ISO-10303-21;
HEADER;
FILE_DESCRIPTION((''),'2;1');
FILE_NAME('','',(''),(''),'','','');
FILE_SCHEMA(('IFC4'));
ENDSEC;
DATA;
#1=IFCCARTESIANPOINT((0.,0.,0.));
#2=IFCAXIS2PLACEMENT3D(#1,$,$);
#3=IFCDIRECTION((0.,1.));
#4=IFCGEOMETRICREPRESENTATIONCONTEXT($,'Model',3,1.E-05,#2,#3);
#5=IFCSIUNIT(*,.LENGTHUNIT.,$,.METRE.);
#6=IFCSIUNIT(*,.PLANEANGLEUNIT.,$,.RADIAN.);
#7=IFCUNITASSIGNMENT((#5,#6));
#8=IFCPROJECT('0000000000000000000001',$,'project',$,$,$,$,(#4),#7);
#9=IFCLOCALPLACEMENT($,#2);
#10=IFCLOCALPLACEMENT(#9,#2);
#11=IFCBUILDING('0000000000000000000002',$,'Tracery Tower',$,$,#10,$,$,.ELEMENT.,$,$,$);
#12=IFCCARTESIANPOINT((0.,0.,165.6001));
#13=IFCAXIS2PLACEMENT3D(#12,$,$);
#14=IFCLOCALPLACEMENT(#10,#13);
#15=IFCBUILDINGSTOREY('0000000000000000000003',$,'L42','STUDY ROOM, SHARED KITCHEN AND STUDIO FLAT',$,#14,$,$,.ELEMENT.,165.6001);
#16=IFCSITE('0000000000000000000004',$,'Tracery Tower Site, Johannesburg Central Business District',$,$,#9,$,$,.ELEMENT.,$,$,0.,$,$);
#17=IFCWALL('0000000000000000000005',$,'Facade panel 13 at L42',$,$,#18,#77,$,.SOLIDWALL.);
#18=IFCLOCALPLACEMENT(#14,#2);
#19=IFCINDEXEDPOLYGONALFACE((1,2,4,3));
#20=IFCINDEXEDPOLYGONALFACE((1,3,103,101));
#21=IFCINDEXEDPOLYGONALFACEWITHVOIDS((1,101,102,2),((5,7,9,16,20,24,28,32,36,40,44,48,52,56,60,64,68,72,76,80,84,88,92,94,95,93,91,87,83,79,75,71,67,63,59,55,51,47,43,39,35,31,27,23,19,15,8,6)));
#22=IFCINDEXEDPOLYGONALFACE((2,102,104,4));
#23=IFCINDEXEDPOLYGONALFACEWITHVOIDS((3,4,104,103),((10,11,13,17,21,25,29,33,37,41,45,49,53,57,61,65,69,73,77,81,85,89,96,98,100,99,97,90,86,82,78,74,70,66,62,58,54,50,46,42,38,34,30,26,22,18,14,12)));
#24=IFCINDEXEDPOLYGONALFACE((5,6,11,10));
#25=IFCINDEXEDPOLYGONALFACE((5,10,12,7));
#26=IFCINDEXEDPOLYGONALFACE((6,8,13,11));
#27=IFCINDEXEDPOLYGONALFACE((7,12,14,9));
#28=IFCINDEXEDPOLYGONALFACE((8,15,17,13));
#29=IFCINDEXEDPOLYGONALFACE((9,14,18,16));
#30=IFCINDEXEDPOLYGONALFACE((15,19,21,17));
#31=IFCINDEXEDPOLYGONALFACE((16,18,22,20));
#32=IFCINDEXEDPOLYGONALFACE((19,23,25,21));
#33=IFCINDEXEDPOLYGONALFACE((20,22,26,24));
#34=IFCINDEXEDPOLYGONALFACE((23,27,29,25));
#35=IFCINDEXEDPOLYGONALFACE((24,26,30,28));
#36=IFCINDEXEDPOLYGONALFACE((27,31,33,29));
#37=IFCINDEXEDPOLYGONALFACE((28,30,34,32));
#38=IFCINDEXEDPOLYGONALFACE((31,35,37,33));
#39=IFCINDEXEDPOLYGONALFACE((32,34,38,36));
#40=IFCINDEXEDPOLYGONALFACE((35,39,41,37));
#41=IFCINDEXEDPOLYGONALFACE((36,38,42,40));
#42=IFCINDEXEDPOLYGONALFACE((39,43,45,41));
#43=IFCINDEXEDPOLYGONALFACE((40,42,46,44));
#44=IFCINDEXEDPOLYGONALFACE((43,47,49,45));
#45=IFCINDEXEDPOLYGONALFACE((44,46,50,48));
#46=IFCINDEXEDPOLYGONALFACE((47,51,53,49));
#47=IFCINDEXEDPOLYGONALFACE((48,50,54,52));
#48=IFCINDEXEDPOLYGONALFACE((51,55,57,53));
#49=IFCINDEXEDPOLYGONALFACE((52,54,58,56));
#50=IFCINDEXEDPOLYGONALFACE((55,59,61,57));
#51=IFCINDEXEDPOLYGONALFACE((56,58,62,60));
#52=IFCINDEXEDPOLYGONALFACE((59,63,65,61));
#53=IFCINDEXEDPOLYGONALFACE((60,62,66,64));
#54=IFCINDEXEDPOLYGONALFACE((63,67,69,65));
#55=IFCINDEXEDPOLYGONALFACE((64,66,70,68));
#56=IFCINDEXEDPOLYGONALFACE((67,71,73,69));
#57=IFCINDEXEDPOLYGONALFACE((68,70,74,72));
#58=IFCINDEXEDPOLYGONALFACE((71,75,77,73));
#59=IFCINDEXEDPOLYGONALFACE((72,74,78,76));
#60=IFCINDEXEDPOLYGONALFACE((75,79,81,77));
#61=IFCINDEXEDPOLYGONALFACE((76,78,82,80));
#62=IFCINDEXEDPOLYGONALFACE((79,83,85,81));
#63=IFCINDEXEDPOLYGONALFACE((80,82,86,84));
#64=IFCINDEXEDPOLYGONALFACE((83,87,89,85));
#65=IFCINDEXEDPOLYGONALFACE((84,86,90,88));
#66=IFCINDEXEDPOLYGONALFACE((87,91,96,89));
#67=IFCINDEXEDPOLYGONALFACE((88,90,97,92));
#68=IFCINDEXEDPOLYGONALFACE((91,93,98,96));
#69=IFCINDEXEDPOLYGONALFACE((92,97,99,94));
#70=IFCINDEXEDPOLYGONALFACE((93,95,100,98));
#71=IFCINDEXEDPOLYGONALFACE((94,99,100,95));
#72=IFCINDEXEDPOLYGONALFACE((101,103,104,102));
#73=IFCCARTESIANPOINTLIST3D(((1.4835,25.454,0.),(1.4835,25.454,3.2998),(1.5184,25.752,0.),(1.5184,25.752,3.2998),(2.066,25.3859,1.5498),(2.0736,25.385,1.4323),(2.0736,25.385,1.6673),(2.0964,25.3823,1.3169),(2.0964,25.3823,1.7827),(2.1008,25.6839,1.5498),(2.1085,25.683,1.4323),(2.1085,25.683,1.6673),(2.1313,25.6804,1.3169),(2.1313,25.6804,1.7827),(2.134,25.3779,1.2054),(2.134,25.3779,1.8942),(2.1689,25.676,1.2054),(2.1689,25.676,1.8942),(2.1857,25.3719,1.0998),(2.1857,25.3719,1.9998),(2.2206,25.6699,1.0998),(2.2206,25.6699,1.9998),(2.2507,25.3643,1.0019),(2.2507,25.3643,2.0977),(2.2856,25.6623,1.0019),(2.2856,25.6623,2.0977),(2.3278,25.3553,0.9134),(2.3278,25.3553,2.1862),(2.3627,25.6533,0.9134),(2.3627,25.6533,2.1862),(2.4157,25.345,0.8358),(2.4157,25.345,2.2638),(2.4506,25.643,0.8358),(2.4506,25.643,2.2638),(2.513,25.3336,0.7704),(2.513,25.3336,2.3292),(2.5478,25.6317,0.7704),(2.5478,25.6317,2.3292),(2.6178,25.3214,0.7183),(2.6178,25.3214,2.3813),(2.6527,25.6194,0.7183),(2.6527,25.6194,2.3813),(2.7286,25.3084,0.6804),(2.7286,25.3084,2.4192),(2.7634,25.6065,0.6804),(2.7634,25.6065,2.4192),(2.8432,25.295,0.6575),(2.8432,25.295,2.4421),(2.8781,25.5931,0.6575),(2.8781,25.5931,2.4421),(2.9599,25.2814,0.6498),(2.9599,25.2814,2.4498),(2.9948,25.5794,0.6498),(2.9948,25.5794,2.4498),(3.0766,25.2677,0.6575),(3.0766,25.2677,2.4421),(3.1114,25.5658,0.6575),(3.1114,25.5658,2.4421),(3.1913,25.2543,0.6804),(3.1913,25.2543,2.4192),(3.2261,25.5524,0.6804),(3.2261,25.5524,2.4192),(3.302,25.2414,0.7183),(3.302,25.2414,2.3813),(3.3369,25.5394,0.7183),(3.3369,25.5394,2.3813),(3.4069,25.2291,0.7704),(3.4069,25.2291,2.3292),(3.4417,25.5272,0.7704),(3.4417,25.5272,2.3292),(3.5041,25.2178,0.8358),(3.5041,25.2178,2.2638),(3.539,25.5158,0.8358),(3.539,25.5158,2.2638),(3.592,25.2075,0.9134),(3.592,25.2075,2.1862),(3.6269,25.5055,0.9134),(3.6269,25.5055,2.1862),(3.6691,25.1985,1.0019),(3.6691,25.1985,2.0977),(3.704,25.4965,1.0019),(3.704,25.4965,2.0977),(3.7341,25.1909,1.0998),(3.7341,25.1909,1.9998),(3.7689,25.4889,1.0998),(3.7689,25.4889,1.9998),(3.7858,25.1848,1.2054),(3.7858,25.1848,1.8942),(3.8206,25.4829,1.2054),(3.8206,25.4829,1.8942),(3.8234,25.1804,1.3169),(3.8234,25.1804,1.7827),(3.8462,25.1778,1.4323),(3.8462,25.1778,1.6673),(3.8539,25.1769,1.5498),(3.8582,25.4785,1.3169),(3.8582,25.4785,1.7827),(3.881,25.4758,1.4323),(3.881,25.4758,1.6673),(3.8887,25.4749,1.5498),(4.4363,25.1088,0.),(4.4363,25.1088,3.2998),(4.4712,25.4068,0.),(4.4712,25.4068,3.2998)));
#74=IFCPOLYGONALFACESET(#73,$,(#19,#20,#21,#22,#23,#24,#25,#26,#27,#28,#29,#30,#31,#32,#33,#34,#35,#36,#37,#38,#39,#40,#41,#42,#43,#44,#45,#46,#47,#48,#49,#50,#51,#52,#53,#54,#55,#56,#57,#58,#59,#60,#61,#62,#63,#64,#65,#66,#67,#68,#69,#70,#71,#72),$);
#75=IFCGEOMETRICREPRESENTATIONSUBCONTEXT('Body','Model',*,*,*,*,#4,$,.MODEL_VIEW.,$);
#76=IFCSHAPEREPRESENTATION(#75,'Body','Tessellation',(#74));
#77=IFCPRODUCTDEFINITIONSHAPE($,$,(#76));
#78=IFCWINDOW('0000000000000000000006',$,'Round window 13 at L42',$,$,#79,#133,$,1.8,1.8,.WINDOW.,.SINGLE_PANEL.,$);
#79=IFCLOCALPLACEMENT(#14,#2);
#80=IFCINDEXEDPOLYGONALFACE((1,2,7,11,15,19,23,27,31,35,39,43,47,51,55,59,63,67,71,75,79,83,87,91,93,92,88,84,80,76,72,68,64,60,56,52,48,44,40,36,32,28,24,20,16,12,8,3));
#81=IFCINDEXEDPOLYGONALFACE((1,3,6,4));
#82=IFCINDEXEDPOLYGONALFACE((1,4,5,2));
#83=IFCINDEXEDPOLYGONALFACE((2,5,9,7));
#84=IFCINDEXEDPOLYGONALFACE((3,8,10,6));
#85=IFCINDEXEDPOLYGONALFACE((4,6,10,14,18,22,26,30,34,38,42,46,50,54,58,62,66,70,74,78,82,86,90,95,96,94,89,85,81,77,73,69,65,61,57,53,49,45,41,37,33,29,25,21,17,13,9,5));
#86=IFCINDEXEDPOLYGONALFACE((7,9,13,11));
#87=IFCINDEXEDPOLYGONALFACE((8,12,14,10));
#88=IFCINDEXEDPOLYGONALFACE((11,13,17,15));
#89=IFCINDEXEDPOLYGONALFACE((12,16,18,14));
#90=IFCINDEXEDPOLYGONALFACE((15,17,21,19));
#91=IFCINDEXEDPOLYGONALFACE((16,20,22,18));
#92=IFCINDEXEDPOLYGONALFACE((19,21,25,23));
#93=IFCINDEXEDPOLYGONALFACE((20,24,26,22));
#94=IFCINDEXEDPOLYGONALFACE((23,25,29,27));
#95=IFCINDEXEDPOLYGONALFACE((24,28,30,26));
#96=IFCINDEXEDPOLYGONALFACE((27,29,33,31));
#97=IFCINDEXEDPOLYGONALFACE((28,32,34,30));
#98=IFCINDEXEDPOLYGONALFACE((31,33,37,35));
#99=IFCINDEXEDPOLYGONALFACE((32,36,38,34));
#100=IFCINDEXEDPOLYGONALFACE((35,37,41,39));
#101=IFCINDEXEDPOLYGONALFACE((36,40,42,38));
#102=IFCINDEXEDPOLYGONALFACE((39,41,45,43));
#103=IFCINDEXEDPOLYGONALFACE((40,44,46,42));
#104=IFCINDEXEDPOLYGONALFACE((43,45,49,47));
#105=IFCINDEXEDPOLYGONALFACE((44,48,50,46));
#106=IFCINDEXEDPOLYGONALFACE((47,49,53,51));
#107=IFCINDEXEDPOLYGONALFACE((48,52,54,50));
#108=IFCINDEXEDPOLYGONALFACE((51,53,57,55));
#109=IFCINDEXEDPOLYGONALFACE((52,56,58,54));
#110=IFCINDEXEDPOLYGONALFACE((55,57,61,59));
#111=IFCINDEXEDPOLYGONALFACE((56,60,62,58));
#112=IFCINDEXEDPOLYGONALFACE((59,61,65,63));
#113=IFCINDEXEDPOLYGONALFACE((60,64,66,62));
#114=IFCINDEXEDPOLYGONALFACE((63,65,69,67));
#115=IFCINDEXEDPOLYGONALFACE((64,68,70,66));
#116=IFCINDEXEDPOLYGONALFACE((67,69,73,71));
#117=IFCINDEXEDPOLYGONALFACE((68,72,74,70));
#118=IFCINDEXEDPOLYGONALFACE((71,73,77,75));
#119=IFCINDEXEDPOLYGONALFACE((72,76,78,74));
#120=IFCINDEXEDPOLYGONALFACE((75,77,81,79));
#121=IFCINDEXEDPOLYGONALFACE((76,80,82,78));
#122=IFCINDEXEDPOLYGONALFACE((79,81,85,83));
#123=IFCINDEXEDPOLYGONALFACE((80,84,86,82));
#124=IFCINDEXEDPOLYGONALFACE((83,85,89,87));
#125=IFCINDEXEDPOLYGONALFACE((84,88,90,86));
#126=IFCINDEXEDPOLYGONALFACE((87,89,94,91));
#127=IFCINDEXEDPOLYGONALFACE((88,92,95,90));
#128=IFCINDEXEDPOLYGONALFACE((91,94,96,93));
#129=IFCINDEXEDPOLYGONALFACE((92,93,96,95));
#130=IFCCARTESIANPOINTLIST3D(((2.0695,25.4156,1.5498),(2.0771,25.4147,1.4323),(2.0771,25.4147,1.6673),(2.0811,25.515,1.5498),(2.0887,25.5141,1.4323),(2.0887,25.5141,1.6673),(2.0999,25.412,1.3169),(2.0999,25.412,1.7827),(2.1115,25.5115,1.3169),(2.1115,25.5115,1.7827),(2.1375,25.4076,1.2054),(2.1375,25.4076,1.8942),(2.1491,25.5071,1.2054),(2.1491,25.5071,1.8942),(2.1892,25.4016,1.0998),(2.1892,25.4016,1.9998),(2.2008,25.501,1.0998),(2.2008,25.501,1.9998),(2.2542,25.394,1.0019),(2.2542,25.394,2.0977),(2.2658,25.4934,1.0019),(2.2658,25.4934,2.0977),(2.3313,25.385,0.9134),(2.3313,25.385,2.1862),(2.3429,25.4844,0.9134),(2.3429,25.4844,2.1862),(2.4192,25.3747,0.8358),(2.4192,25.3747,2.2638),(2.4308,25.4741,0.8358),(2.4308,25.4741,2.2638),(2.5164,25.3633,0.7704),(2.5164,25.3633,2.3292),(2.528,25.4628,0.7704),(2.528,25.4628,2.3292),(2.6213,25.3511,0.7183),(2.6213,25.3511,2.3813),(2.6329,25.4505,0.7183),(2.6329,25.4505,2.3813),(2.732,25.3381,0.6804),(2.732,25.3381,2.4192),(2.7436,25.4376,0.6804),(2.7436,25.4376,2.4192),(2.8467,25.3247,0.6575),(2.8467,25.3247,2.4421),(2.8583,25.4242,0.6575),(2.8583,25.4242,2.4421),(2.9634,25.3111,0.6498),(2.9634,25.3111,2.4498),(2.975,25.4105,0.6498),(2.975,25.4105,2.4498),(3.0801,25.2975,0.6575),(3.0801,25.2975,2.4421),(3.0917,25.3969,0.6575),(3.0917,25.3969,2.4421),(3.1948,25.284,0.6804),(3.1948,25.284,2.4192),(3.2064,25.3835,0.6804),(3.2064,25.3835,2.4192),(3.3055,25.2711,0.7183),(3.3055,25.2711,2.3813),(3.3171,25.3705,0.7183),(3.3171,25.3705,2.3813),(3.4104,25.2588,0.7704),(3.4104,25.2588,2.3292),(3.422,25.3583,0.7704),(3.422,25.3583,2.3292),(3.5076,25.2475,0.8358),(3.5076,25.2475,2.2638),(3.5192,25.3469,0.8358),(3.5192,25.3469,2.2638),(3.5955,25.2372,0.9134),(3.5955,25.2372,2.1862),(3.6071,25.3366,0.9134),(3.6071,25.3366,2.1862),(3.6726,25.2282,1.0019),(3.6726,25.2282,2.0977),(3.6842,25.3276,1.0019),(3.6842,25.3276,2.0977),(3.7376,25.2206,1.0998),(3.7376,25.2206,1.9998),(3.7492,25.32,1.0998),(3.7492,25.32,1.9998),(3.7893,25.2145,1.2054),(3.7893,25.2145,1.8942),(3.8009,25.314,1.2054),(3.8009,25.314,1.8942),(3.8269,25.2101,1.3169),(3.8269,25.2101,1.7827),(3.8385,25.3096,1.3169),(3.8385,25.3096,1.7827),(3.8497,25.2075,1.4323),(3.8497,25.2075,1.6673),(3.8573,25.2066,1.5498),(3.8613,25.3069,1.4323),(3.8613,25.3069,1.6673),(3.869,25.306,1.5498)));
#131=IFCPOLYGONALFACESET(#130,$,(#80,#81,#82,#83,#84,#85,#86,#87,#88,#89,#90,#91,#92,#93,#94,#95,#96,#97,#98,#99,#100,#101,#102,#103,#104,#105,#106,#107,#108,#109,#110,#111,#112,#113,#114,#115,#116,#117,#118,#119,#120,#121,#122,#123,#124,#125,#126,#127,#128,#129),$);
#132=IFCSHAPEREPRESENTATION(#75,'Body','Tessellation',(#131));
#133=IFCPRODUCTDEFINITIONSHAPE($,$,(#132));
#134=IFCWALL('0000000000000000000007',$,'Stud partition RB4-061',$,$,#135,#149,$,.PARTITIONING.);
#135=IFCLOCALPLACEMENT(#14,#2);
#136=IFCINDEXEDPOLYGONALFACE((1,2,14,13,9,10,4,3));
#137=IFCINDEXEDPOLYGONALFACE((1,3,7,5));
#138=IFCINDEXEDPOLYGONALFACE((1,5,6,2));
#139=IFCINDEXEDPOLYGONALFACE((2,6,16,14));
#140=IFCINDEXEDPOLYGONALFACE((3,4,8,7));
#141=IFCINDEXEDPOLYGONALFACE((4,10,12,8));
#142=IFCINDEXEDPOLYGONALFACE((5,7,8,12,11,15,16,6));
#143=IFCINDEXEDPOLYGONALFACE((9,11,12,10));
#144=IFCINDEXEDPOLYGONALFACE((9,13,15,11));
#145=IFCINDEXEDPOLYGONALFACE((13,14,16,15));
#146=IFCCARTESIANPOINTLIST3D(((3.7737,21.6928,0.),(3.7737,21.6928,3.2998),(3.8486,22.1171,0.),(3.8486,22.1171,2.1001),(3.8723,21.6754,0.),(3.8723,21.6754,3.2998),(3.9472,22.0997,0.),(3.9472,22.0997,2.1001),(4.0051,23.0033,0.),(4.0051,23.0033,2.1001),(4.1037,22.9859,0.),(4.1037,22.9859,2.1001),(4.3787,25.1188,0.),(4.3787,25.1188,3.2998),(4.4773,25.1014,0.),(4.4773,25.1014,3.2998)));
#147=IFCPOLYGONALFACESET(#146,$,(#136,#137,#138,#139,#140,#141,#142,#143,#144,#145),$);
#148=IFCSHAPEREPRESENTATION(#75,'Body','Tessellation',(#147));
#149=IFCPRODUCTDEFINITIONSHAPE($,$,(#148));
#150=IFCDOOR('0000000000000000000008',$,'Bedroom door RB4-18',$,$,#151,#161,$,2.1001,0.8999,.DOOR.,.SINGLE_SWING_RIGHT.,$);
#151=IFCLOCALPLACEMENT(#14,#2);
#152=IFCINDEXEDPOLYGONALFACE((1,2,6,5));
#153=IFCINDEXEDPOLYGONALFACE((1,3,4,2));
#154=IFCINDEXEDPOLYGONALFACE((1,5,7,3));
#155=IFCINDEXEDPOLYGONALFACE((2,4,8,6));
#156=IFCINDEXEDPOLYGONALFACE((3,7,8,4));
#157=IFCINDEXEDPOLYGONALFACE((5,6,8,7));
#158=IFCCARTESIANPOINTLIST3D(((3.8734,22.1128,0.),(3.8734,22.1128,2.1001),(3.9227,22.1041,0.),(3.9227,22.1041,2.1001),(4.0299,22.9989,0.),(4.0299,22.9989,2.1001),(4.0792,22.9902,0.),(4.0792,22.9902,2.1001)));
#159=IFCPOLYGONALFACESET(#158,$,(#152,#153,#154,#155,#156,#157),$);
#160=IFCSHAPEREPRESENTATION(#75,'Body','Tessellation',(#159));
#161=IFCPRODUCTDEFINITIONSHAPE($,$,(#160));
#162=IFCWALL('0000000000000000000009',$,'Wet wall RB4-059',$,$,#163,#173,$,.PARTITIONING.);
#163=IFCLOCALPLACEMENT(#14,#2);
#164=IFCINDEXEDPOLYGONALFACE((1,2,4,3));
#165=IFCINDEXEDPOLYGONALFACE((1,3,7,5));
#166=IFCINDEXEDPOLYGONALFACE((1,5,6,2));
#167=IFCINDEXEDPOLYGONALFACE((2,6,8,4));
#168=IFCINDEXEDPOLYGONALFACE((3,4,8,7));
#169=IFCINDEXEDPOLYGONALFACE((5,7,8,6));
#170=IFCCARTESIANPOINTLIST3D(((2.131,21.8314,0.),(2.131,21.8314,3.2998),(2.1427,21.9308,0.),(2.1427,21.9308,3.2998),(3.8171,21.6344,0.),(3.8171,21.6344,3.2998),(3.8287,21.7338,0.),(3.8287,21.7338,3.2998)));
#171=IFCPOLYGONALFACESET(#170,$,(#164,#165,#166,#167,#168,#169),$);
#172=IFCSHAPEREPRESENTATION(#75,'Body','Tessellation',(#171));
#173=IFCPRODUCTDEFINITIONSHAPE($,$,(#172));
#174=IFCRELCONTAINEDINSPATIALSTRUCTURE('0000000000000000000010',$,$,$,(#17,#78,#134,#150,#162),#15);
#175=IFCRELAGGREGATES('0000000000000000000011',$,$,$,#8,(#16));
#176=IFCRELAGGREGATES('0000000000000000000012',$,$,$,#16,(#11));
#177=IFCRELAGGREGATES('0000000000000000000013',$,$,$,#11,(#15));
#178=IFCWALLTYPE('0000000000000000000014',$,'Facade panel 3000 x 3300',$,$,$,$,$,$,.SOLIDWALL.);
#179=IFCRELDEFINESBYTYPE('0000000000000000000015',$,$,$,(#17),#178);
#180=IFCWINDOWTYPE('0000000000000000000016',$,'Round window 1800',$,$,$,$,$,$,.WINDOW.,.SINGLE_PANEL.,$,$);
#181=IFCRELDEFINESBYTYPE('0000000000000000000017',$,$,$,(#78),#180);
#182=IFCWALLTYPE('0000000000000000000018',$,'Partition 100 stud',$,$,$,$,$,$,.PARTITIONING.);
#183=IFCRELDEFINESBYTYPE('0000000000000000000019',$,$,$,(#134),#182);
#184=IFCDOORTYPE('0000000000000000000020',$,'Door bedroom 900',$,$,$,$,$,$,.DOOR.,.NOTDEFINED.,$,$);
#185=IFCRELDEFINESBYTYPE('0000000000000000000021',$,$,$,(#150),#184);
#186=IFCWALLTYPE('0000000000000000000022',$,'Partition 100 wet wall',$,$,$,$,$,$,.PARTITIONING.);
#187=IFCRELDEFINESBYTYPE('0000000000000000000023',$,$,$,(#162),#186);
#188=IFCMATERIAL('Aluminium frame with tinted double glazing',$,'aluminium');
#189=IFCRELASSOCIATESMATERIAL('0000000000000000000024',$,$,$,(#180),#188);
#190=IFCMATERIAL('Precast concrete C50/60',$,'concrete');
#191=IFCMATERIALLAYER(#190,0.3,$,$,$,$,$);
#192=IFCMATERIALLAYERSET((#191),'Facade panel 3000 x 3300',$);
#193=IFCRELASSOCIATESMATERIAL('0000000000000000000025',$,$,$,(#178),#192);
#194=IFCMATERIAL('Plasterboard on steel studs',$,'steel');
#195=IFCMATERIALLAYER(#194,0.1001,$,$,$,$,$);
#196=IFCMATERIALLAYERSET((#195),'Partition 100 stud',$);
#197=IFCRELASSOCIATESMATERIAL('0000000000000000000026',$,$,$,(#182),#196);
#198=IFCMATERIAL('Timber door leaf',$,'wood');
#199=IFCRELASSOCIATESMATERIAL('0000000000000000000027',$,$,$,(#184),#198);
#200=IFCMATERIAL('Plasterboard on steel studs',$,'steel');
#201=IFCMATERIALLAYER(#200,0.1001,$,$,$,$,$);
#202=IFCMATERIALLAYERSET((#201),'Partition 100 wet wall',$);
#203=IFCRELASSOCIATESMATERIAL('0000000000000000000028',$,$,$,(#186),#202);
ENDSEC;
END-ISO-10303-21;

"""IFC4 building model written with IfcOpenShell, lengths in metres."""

from ifc_helpers import new_model, si_unit, direction, frame, frame_2d, origin, origin_2d, place, context, subcontext, project, spatial, rectangle, circle, extrude, material, layer, layer_set, type_object, element, fill, save


model = new_model("IFC4")

# Units and contexts
model_context = context("Model", 3, precision=1e-05, world=origin(), true_north=direction((0.0, 1.0)))
body_context = subcontext(model_context, "Body", "Model", "MODEL_VIEW")
ifc_project = project(units=[si_unit("LENGTHUNIT", "METRE"), si_unit("PLANEANGLEUNIT", "RADIAN")], contexts=[model_context])

# Site, building, storey
site_placement = place(None, origin())
site = spatial("IfcSite", under=ifc_project, at=site_placement, Name="Tracery Tower Site, Johannesburg Central Business District", CompositionType="ELEMENT", RefElevation=0.0)
building_placement = place(site_placement, origin())
building = spatial("IfcBuilding", under=site, at=building_placement, Name="Tracery Tower", CompositionType="ELEMENT")
storey_placement = place(building_placement, frame((0.0, 0.0, 165.6001)))
storey = spatial("IfcBuildingStorey", under=building, at=storey_placement, Name="L42", Description="STUDY ROOM, SHARED KITCHEN AND STUDIO FLAT", CompositionType="ELEMENT", Elevation=165.6001)

# Wall, opening, window
ifc_material_1 = material(Name="Aluminium frame with tinted double glazing", Category="aluminium")
window_type = type_object("IfcWindowType", Name="Round window 1800", PartitioningType="SINGLE_PANEL", PredefinedType="WINDOW", material=ifc_material_1)
ifc_material_2 = material(Name="Precast concrete C50/60", Category="concrete")
ifc_layer_1 = layer(ifc_material_2, 0.3)
ifc_layer_set_1 = layer_set([ifc_layer_1], Name="Facade panel 3000 x 3300")
wall_type_1 = type_object("IfcWallType", Name="Facade panel 3000 x 3300", PredefinedType="SOLIDWALL", material=ifc_layer_set_1)
wall_1_placement = place(storey_placement, frame((4.4536, 25.2578, 0.0), z_axis=(0.0, 0.0, 1.0), x_axis=(-0.993236, 0.116117, 0.0)))
wall_1 = element("IfcWall", 1, at=wall_1_placement, inside=storey, type_object=wall_type_1, Name="Facade panel 13 at L42", PredefinedType="SOLIDWALL", context=body_context, shape_type="SweptSolid", body=[
    extrude(rectangle(XDim=2.9729, YDim=0.3, at=frame_2d((1.4863, 0.0))), origin(), (0.0, 0.0, 1.0), 3.2998),
])
opening_1_placement = place(wall_1_placement, frame((1.4863, 0.0, 1.5498)))
opening_1 = element("IfcOpeningElement", 2, at=opening_1_placement, cuts=wall_1, PredefinedType="OPENING", context=body_context, shape_type="SweptSolid", body=[
    extrude(circle(Radius=0.9, at=origin_2d()), frame((0.0, 0.1599, 0.0), z_axis=(0.0, -1.0, 0.0), x_axis=(1.0, 0.0, 0.0)), (0.0, 0.0, 1.0), 0.3201),
])
window_1_placement = place(opening_1_placement, origin())
window_1 = element("IfcWindow", 3, at=window_1_placement, inside=storey, type_object=window_type, Name="Round window 13 at L42", OverallHeight=1.8, OverallWidth=1.8, PartitioningType="SINGLE_PANEL", PredefinedType="WINDOW", context=body_context, shape_type="SweptSolid", body=[
    extrude(circle(Radius=0.9, at=origin_2d()), frame((0.0, 0.1201, 0.0), z_axis=(0.0, -1.0, 0.0), x_axis=(1.0, 0.0, 0.0)), (0.0, 0.0, 1.0), 0.1001),
])
fill(opening_1, window_1)

# Wall, opening, door
ifc_material_3 = material(Name="Plasterboard on steel studs", Category="steel")
ifc_layer_2 = layer(ifc_material_3, 0.1001)
ifc_layer_set_2 = layer_set([ifc_layer_2], Name="Partition 100 stud")
wall_type_2 = type_object("IfcWallType", Name="Partition 100 stud", PredefinedType="PARTITIONING", material=ifc_layer_set_2)
wall_2_placement = place(storey_placement, frame((3.823, 21.6841, 0.0), z_axis=(0.0, 0.0, 1.0), x_axis=(0.173893, 0.984764, 0.0)))
wall_2 = element("IfcWall", 4, at=wall_2_placement, inside=storey, type_object=wall_type_2, Name="Stud partition RB4-061", PredefinedType="PARTITIONING", context=body_context, shape_type="SweptSolid", body=[
    extrude(rectangle(XDim=3.479, YDim=0.1001, at=frame_2d((1.7395, 0.0))), origin(), (0.0, 0.0, 1.0), 3.2998),
])
opening_2_placement = place(wall_2_placement, frame((0.4309, 0.0, 0.0)))
opening_2 = element("IfcOpeningElement", 5, at=opening_2_placement, cuts=wall_2, PredefinedType="OPENING", context=body_context, shape_type="SweptSolid", body=[
    extrude(rectangle(XDim=0.8999, YDim=2.1001, at=frame_2d((0.45, 1.05))), frame((0.0, 0.05, 0.0), z_axis=(0.0, -1.0, 0.0), x_axis=(1.0, 0.0, 0.0)), (0.0, 0.0, 1.0), 0.1001),
])
ifc_material_4 = material(Name="Timber door leaf", Category="wood")
door_type_1 = type_object("IfcDoorType", Name="Door bedroom 900", OperationType="NOTDEFINED", PredefinedType="DOOR", material=ifc_material_4)
door_1_placement = place(opening_2_placement, origin())
door_1 = element("IfcDoor", 6, at=door_1_placement, inside=storey, type_object=door_type_1, Name="Bedroom door RB4-18", OperationType="SINGLE_SWING_RIGHT", OverallHeight=2.1001, OverallWidth=0.8999, PredefinedType="DOOR", context=body_context, shape_type="SweptSolid", body=[
    extrude(rectangle(XDim=0.8999, YDim=2.1001, at=frame_2d((0.45, 1.05))), frame((0.0, 0.0249, 0.0), z_axis=(0.0, -1.0, 0.0), x_axis=(1.0, 0.0, 0.0)), (0.0, 0.0, 1.0), 0.05),
])
fill(opening_2, door_1)

# Wall
ifc_material_5 = material(Name="Plasterboard on steel studs", Category="steel")
ifc_layer_3 = layer(ifc_material_5, 0.1001)
ifc_layer_set_3 = layer_set([ifc_layer_3], Name="Partition 100 wet wall")
wall_type_3 = type_object("IfcWallType", Name="Partition 100 wet wall", PredefinedType="PARTITIONING", material=ifc_layer_set_3)
wall_3_placement = place(storey_placement, frame((2.137, 21.8811, 0.0), z_axis=(0.0, 0.0, 1.0), x_axis=(0.993242, -0.116065, 0.0)))
element("IfcWall", 7, at=wall_3_placement, inside=storey, type_object=wall_type_3, Name="Wet wall RB4-059", PredefinedType="PARTITIONING", context=body_context, shape_type="SweptSolid", body=[
    extrude(rectangle(XDim=1.6975, YDim=0.1001, at=frame_2d((0.8486, 0.0))), origin(), (0.0, 0.0, 1.0), 3.2998),
])

save(model, "model.ifc")
